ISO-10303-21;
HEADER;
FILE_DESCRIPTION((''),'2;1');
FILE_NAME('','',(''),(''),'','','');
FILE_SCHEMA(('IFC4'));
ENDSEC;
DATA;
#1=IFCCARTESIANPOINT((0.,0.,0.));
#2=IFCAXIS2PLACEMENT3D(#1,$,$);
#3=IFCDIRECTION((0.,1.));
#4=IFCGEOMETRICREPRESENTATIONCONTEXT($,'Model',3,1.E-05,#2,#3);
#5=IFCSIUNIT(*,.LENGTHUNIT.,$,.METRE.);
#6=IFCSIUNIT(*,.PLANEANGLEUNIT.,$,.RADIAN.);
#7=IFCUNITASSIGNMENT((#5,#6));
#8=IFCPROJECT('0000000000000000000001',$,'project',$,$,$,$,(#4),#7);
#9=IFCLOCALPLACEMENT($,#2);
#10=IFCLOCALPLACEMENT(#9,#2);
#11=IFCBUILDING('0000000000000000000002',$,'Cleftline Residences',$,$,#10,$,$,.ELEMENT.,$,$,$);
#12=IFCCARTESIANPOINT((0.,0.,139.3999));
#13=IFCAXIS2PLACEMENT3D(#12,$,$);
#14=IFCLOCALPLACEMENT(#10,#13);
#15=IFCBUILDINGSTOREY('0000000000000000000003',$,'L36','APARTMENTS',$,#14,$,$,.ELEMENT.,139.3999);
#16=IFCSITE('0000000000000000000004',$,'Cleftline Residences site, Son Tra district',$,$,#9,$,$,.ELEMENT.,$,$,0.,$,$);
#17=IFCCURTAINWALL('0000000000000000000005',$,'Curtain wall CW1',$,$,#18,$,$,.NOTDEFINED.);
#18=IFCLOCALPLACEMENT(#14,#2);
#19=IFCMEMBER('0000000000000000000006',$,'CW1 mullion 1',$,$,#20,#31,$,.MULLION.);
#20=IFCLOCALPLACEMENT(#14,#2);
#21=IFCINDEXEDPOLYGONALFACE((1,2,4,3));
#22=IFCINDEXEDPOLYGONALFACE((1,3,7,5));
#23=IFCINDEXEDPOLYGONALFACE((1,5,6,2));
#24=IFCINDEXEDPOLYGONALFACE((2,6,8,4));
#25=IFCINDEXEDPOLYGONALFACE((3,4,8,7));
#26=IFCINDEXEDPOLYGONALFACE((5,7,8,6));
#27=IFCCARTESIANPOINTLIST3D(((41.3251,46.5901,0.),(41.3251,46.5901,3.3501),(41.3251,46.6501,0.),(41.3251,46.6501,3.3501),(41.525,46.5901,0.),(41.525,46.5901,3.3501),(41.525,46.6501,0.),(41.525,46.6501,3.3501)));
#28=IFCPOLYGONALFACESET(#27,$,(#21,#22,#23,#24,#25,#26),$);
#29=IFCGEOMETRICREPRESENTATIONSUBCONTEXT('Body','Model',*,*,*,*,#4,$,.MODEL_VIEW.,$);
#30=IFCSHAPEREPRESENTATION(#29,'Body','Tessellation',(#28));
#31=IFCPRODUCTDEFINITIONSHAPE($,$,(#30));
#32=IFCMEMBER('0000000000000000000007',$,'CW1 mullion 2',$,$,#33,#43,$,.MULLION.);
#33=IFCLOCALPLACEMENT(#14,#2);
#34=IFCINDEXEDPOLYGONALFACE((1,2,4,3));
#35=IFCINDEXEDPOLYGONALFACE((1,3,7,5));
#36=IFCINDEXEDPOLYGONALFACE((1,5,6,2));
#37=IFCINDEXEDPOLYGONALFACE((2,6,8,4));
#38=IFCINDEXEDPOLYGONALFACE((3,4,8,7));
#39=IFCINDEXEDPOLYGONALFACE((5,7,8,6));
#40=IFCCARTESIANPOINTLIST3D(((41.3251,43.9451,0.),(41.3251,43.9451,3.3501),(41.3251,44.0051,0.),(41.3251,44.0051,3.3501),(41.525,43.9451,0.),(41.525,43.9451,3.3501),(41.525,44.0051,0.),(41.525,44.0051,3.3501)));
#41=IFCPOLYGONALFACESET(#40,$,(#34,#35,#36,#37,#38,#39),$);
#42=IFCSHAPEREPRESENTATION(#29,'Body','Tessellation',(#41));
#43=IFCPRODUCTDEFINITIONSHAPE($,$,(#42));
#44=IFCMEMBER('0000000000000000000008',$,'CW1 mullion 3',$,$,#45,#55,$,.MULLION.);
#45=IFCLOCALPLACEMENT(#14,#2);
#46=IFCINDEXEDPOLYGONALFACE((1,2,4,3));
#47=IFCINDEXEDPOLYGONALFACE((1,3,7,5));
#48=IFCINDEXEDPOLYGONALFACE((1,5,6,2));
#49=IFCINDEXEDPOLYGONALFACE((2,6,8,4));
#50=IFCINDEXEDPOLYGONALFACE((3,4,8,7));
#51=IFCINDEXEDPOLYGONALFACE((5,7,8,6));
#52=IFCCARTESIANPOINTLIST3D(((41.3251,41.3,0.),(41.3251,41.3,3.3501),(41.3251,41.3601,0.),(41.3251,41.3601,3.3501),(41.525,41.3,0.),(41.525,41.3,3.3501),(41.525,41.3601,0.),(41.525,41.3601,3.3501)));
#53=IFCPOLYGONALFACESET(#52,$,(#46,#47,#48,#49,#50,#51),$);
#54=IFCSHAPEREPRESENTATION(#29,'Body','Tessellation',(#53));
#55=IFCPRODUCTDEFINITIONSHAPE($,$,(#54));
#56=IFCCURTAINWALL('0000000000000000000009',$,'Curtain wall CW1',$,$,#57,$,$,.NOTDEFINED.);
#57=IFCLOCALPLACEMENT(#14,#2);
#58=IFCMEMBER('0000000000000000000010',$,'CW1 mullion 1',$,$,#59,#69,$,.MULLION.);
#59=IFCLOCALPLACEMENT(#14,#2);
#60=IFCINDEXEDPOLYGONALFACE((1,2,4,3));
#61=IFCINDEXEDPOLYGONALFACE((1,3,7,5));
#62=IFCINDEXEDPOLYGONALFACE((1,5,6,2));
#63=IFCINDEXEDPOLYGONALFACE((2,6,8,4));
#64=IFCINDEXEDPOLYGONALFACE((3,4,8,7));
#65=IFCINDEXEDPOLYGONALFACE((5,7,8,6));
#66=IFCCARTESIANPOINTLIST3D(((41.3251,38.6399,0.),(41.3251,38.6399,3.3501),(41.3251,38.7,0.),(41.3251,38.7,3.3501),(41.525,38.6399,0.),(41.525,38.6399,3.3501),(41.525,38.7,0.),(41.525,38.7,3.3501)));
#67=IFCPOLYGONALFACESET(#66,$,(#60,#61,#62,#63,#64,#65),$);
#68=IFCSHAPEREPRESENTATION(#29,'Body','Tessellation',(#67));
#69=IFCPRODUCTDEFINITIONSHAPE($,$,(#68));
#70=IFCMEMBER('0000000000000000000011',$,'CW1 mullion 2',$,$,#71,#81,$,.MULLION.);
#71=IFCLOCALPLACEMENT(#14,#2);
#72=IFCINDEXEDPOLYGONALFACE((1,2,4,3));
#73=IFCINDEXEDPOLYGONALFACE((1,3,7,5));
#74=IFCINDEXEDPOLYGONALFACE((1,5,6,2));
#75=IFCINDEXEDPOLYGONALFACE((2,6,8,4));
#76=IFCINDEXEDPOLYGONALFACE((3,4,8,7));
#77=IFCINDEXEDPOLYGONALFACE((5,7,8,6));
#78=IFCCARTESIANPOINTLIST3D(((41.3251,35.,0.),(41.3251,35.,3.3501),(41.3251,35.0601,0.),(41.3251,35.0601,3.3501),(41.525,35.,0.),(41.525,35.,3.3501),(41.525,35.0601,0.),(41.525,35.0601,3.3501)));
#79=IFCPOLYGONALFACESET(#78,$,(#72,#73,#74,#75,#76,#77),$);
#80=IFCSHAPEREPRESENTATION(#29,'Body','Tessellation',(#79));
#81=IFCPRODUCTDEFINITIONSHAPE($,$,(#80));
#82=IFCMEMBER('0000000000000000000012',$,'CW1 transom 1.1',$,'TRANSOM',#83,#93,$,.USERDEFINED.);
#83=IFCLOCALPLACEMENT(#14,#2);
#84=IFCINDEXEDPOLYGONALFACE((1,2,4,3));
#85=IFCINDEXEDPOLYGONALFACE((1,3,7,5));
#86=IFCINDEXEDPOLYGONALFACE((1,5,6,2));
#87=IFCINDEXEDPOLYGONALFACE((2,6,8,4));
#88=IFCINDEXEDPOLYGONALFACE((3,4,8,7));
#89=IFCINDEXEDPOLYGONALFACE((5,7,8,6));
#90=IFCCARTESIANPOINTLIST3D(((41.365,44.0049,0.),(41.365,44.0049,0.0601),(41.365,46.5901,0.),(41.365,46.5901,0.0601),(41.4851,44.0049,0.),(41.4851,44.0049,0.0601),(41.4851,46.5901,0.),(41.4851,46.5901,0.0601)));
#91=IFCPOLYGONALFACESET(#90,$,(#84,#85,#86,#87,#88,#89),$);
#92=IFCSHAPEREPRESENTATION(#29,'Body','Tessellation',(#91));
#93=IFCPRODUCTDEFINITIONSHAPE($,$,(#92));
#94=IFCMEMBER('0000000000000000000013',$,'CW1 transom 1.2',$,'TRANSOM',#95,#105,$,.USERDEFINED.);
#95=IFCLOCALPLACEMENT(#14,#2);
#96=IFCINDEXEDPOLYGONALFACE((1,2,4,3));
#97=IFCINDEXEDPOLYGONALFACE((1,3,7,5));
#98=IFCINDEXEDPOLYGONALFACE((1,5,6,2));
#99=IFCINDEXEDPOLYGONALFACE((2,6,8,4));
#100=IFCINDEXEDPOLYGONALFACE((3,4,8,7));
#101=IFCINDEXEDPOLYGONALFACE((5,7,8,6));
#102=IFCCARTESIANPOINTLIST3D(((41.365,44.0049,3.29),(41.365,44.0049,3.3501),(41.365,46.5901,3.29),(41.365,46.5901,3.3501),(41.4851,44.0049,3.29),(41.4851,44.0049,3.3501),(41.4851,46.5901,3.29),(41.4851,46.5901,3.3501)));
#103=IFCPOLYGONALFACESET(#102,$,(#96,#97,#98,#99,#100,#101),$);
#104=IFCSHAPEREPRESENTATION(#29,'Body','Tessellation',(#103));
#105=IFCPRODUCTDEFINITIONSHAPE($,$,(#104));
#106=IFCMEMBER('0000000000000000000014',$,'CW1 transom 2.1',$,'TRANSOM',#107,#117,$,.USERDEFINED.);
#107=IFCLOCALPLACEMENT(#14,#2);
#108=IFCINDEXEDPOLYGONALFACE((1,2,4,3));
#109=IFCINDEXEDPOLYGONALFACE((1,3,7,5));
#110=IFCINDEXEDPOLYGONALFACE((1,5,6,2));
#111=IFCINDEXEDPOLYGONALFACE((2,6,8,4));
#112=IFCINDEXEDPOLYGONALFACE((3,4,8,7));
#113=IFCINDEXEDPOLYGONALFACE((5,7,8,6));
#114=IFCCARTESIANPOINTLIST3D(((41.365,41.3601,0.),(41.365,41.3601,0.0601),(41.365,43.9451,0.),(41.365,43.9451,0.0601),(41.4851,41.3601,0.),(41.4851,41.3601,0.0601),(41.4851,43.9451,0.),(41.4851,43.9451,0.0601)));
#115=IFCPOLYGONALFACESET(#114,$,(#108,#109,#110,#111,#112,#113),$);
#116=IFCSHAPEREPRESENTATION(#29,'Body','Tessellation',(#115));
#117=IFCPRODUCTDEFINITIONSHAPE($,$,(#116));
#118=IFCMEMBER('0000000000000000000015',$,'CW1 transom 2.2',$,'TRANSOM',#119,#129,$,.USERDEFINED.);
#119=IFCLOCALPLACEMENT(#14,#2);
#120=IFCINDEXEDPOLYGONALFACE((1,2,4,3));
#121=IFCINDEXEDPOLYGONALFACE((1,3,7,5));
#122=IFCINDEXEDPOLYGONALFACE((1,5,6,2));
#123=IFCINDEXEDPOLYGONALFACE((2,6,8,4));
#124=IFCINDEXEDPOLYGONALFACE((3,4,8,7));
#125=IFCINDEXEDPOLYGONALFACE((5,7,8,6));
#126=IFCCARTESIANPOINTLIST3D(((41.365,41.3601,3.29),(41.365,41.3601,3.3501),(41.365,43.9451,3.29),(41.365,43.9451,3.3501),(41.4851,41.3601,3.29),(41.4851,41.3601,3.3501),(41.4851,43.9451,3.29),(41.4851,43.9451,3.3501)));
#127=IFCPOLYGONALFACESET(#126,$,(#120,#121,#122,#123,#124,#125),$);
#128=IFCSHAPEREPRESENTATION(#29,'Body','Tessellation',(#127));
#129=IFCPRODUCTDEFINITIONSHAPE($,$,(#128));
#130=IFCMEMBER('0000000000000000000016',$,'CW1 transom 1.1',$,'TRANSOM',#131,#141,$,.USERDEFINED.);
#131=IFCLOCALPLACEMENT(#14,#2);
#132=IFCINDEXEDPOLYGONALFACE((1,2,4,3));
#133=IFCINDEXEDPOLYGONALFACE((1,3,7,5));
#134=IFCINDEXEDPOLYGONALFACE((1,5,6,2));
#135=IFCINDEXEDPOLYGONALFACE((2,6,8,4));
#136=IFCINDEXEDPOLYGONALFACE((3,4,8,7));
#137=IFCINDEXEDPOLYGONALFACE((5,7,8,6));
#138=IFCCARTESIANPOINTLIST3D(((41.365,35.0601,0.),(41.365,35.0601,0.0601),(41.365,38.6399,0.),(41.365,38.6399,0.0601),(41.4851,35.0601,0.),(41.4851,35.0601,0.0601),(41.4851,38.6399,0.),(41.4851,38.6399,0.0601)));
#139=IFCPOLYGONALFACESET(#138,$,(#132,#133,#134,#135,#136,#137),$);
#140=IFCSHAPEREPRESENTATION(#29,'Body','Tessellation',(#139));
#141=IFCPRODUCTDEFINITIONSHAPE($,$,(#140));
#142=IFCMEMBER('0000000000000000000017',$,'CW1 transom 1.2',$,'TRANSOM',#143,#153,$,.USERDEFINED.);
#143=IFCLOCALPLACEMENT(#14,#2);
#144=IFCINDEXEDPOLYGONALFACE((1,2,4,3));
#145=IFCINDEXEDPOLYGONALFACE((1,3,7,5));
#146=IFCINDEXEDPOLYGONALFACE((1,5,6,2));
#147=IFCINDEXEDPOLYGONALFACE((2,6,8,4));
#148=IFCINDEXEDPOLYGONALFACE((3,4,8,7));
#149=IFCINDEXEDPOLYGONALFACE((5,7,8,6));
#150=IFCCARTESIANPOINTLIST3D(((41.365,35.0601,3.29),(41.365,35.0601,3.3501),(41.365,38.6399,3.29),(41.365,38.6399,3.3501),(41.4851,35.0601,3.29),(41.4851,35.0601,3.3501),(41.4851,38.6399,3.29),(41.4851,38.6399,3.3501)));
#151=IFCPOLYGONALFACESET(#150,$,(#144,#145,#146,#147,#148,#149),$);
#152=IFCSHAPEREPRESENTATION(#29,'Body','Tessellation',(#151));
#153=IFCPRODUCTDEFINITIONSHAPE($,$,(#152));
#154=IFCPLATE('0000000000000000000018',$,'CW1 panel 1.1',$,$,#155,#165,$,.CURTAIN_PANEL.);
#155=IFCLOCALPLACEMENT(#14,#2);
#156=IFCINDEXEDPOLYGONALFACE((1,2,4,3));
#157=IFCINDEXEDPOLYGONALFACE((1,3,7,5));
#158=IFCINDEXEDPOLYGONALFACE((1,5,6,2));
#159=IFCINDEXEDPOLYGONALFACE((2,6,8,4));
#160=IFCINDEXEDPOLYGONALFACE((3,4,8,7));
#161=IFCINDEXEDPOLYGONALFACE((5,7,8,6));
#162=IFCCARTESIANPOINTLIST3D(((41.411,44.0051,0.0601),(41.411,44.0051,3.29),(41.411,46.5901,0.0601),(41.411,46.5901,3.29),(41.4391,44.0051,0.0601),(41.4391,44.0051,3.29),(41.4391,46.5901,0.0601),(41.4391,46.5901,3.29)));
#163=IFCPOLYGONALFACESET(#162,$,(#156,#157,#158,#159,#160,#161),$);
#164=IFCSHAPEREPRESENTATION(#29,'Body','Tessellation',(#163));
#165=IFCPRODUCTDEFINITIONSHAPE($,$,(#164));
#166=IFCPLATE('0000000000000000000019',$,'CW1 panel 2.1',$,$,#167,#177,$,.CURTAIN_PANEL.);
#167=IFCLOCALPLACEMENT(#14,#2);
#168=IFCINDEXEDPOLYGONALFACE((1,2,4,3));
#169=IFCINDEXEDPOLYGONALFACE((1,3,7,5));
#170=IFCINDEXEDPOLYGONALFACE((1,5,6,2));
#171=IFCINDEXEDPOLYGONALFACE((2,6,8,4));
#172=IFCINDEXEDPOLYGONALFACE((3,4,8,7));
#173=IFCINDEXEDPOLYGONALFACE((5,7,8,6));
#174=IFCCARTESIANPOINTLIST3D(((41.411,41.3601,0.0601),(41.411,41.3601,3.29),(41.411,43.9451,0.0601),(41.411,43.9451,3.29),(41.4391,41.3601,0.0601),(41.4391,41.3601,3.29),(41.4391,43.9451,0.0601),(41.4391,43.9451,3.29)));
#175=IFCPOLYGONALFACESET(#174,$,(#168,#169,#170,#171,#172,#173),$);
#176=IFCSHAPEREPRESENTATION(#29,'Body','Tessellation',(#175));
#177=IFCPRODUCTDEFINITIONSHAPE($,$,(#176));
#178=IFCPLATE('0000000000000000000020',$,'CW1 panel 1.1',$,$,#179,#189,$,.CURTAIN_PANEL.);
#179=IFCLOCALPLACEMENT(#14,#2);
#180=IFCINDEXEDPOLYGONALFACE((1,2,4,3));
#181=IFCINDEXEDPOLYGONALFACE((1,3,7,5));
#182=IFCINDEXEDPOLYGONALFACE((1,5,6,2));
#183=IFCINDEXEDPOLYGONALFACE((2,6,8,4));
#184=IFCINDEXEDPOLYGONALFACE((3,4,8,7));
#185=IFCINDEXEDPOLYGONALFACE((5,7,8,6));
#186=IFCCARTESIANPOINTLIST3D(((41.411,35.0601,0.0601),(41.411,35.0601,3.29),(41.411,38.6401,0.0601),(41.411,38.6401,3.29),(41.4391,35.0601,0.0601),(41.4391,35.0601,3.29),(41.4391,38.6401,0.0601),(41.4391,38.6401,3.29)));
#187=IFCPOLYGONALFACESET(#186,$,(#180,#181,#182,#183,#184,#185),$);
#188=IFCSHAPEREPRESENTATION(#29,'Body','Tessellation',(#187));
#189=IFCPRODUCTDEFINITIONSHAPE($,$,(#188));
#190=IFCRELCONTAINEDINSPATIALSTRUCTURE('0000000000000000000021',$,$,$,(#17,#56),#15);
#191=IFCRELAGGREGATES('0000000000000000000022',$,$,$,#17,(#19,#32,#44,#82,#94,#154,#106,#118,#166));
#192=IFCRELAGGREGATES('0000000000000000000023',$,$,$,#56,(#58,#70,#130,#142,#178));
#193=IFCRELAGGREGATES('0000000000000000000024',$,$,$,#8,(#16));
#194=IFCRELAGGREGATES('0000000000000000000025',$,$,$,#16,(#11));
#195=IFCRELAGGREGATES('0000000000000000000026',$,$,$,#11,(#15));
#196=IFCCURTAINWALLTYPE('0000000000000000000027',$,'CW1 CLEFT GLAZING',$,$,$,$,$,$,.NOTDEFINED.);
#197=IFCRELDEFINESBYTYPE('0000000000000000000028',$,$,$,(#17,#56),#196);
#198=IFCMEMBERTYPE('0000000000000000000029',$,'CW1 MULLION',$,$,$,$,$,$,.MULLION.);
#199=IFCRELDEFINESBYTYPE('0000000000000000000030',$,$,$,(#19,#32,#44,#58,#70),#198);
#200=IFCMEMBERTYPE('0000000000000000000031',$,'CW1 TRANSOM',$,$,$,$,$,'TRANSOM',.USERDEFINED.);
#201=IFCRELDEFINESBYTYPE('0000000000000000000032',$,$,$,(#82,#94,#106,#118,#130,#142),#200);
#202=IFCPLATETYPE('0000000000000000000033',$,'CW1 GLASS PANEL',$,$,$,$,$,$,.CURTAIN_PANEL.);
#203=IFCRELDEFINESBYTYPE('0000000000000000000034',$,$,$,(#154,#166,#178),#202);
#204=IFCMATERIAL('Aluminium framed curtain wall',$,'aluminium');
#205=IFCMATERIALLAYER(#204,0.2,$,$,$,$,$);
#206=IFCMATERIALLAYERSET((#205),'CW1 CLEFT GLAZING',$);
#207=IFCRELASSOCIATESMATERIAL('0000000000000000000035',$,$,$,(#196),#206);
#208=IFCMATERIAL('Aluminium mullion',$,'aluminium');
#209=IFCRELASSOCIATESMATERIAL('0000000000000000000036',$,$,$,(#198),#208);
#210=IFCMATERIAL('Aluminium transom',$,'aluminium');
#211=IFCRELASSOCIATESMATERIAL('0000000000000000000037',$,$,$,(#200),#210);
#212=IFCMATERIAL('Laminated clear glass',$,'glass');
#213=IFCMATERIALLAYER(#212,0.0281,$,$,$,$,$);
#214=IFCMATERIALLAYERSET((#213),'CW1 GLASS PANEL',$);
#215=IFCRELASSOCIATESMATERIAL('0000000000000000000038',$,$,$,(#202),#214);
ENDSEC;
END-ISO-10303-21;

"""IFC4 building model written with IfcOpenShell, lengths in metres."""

from ifc_helpers import new_model, si_unit, direction, frame, origin, origin_2d, place, context, subcontext, project, spatial, rectangle, extrude, material, layer, layer_set, material_profile, profile_set, type_object, element, aggregate, save


model = new_model("IFC4")

# Units and contexts
model_context = context("Model", 3, precision=1e-05, world=origin(), true_north=direction((0.0, 1.0)))
body_context = subcontext(model_context, "Body", "Model", "MODEL_VIEW")
ifc_project = project(units=[si_unit("LENGTHUNIT", "METRE"), si_unit("PLANEANGLEUNIT", "RADIAN")], contexts=[model_context])

# Site, building, storey
site_placement = place(None, origin())
site = spatial("IfcSite", under=ifc_project, at=site_placement, Name="Cleftline Residences site, Son Tra district", CompositionType="ELEMENT", RefElevation=0.0)
building_placement = place(site_placement, origin())
building = spatial("IfcBuilding", under=site, at=building_placement, Name="Cleftline Residences", CompositionType="ELEMENT")
storey_placement = place(building_placement, frame((0.0, 0.0, 139.3999)))
storey = spatial("IfcBuildingStorey", under=building, at=storey_placement, Name="L36", Description="APARTMENTS", CompositionType="ELEMENT", Elevation=139.3999)

# Curtain walls, members
ifc_material_1 = material(Name="Aluminium framed curtain wall", Category="aluminium")
ifc_layer_1 = layer(ifc_material_1, 0.2)
ifc_layer_set_1 = layer_set([ifc_layer_1], Name="CW1 CLEFT GLAZING")
curtain_wall_type = type_object("IfcCurtainWallType", Name="CW1 CLEFT GLAZING", PredefinedType="NOTDEFINED", material=ifc_layer_set_1)
curtain_wall_1_placement = place(storey_placement, origin())
curtain_wall_1 = element("IfcCurtainWall", 1, at=curtain_wall_1_placement, inside=storey, type_object=curtain_wall_type, Name="Curtain wall CW1", PredefinedType="NOTDEFINED")
ifc_material_2 = material(Name="Aluminium mullion", Category="aluminium")
ifc_material_profile_1 = material_profile(ifc_material_2, rectangle(XDim=0.2, YDim=0.0601, at=origin_2d()))
ifc_profile_set_1 = profile_set([ifc_material_profile_1], Name="Aluminium mullion")
member_type_1 = type_object("IfcMemberType", Name="CW1 MULLION", PredefinedType="MULLION", material=ifc_profile_set_1)
member_1_placement = place(storey_placement, frame((41.425, 46.6201, 0.0), z_axis=(0.0, 0.0, 1.0), x_axis=(1.0, 0.0, 0.0)))
member_1 = element("IfcMember", 2, at=member_1_placement, type_object=member_type_1, Name="CW1 mullion 1", PredefinedType="MULLION", context=body_context, shape_type="SweptSolid", body=[
    extrude(rectangle(XDim=0.2, YDim=0.0601, at=origin_2d()), origin(), (0.0, 0.0, 1.0), 3.3501),
])
member_2_placement = place(storey_placement, frame((41.425, 43.9751, 0.0), z_axis=(0.0, 0.0, 1.0), x_axis=(1.0, 0.0, 0.0)))
member_2 = element("IfcMember", 3, at=member_2_placement, type_object=member_type_1, Name="CW1 mullion 2", PredefinedType="MULLION", context=body_context, shape_type="SweptSolid", body=[
    extrude(rectangle(XDim=0.2, YDim=0.0601, at=origin_2d()), origin(), (0.0, 0.0, 1.0), 3.3501),
])
member_3_placement = place(storey_placement, frame((41.425, 41.3301, 0.0), z_axis=(0.0, 0.0, 1.0), x_axis=(1.0, 0.0, 0.0)))
member_3 = element("IfcMember", 4, at=member_3_placement, type_object=member_type_1, Name="CW1 mullion 3", PredefinedType="MULLION", context=body_context, shape_type="SweptSolid", body=[
    extrude(rectangle(XDim=0.2, YDim=0.0601, at=origin_2d()), origin(), (0.0, 0.0, 1.0), 3.3501),
])
curtain_wall_2_placement = place(storey_placement, origin())
curtain_wall_2 = element("IfcCurtainWall", 5, at=curtain_wall_2_placement, inside=storey, type_object=curtain_wall_type, Name="Curtain wall CW1", PredefinedType="NOTDEFINED")
member_4_placement = place(storey_placement, frame((41.425, 38.6699, 0.0), z_axis=(0.0, 0.0, 1.0), x_axis=(1.0, 0.0, 0.0)))
member_4 = element("IfcMember", 6, at=member_4_placement, type_object=member_type_1, Name="CW1 mullion 1", PredefinedType="MULLION", context=body_context, shape_type="SweptSolid", body=[
    extrude(rectangle(XDim=0.2, YDim=0.0601, at=origin_2d()), origin(), (0.0, 0.0, 1.0), 3.3501),
])
member_5_placement = place(storey_placement, frame((41.425, 35.03, 0.0), z_axis=(0.0, 0.0, 1.0), x_axis=(1.0, 0.0, 0.0)))
member_5 = element("IfcMember", 7, at=member_5_placement, type_object=member_type_1, Name="CW1 mullion 2", PredefinedType="MULLION", context=body_context, shape_type="SweptSolid", body=[
    extrude(rectangle(XDim=0.2, YDim=0.0601, at=origin_2d()), origin(), (0.0, 0.0, 1.0), 3.3501),
])

# Members
ifc_material_3 = material(Name="Aluminium transom", Category="aluminium")
ifc_material_profile_2 = material_profile(ifc_material_3, rectangle(XDim=0.1201, YDim=0.0601, at=origin_2d()))
ifc_profile_set_2 = profile_set([ifc_material_profile_2], Name="Aluminium transom")
member_type_2 = type_object("IfcMemberType", Name="CW1 TRANSOM", ElementType="TRANSOM", PredefinedType="USERDEFINED", material=ifc_profile_set_2)
member_6_placement = place(storey_placement, frame((41.425, 46.5901, 0.03), z_axis=(0.0, -1.0, 0.0), x_axis=(1.0, 0.0, 0.0)))
member_6 = element("IfcMember", 8, at=member_6_placement, type_object=member_type_2, Name="CW1 transom 1.1", ObjectType="TRANSOM", PredefinedType="USERDEFINED", context=body_context, shape_type="SweptSolid", body=[
    extrude(rectangle(XDim=0.1201, YDim=0.0601, at=origin_2d()), origin(), (0.0, 0.0, 1.0), 2.5852),
])
member_7_placement = place(storey_placement, frame((41.425, 46.5901, 3.3201), z_axis=(0.0, -1.0, 0.0), x_axis=(1.0, 0.0, 0.0)))
member_7 = element("IfcMember", 9, at=member_7_placement, type_object=member_type_2, Name="CW1 transom 1.2", ObjectType="TRANSOM", PredefinedType="USERDEFINED", context=body_context, shape_type="SweptSolid", body=[
    extrude(rectangle(XDim=0.1201, YDim=0.0601, at=origin_2d()), origin(), (0.0, 0.0, 1.0), 2.5852),
])
member_8_placement = place(storey_placement, frame((41.425, 43.9451, 0.03), z_axis=(0.0, -1.0, 0.0), x_axis=(1.0, 0.0, 0.0)))
member_8 = element("IfcMember", 10, at=member_8_placement, type_object=member_type_2, Name="CW1 transom 2.1", ObjectType="TRANSOM", PredefinedType="USERDEFINED", context=body_context, shape_type="SweptSolid", body=[
    extrude(rectangle(XDim=0.1201, YDim=0.0601, at=origin_2d()), origin(), (0.0, 0.0, 1.0), 2.585),
])
member_9_placement = place(storey_placement, frame((41.425, 43.9451, 3.3201), z_axis=(0.0, -1.0, 0.0), x_axis=(1.0, 0.0, 0.0)))
member_9 = element("IfcMember", 11, at=member_9_placement, type_object=member_type_2, Name="CW1 transom 2.2", ObjectType="TRANSOM", PredefinedType="USERDEFINED", context=body_context, shape_type="SweptSolid", body=[
    extrude(rectangle(XDim=0.1201, YDim=0.0601, at=origin_2d()), origin(), (0.0, 0.0, 1.0), 2.585),
])
member_10_placement = place(storey_placement, frame((41.425, 38.6399, 0.03), z_axis=(0.0, -1.0, 0.0), x_axis=(1.0, 0.0, 0.0)))
member_10 = element("IfcMember", 12, at=member_10_placement, type_object=member_type_2, Name="CW1 transom 1.1", ObjectType="TRANSOM", PredefinedType="USERDEFINED", context=body_context, shape_type="SweptSolid", body=[
    extrude(rectangle(XDim=0.1201, YDim=0.0601, at=origin_2d()), origin(), (0.0, 0.0, 1.0), 3.5798),
])
member_11_placement = place(storey_placement, frame((41.425, 38.6399, 3.3201), z_axis=(0.0, -1.0, 0.0), x_axis=(1.0, 0.0, 0.0)))
member_11 = element("IfcMember", 13, at=member_11_placement, type_object=member_type_2, Name="CW1 transom 1.2", ObjectType="TRANSOM", PredefinedType="USERDEFINED", context=body_context, shape_type="SweptSolid", body=[
    extrude(rectangle(XDim=0.1201, YDim=0.0601, at=origin_2d()), origin(), (0.0, 0.0, 1.0), 3.5798),
])

# Plates
ifc_material_4 = material(Name="Laminated clear glass", Category="glass")
ifc_layer_2 = layer(ifc_material_4, 0.0281)
ifc_layer_set_2 = layer_set([ifc_layer_2], Name="CW1 GLASS PANEL")
plate_type = type_object("IfcPlateType", Name="CW1 GLASS PANEL", PredefinedType="CURTAIN_PANEL", material=ifc_layer_set_2)
plate_1_placement = place(storey_placement, frame((41.425, 45.2976, 0.0601), z_axis=(0.0, 0.0, 1.0), x_axis=(0.0, -1.0, 0.0)))
plate_1 = element("IfcPlate", 14, at=plate_1_placement, type_object=plate_type, Name="CW1 panel 1.1", PredefinedType="CURTAIN_PANEL", context=body_context, shape_type="SweptSolid", body=[
    extrude(rectangle(XDim=2.585, YDim=0.0281, at=origin_2d()), origin(), (0.0, 0.0, 1.0), 3.23),
])
plate_2_placement = place(storey_placement, frame((41.425, 42.6526, 0.0601), z_axis=(0.0, 0.0, 1.0), x_axis=(0.0, -1.0, 0.0)))
plate_2 = element("IfcPlate", 15, at=plate_2_placement, type_object=plate_type, Name="CW1 panel 2.1", PredefinedType="CURTAIN_PANEL", context=body_context, shape_type="SweptSolid", body=[
    extrude(rectangle(XDim=2.585, YDim=0.0281, at=origin_2d()), origin(), (0.0, 0.0, 1.0), 3.23),
])
aggregate(curtain_wall_1, [member_1, member_2, member_3, member_6, member_7, plate_1, member_8, member_9, plate_2])
plate_3_placement = place(storey_placement, frame((41.425, 36.8501, 0.0601), z_axis=(0.0, 0.0, 1.0), x_axis=(0.0, -1.0, 0.0)))
plate_3 = element("IfcPlate", 16, at=plate_3_placement, type_object=plate_type, Name="CW1 panel 1.1", PredefinedType="CURTAIN_PANEL", context=body_context, shape_type="SweptSolid", body=[
    extrude(rectangle(XDim=3.5801, YDim=0.0281, at=origin_2d()), origin(), (0.0, 0.0, 1.0), 3.23),
])
aggregate(curtain_wall_2, [member_4, member_5, member_10, member_11, plate_3])

save(model, "model.ifc")
